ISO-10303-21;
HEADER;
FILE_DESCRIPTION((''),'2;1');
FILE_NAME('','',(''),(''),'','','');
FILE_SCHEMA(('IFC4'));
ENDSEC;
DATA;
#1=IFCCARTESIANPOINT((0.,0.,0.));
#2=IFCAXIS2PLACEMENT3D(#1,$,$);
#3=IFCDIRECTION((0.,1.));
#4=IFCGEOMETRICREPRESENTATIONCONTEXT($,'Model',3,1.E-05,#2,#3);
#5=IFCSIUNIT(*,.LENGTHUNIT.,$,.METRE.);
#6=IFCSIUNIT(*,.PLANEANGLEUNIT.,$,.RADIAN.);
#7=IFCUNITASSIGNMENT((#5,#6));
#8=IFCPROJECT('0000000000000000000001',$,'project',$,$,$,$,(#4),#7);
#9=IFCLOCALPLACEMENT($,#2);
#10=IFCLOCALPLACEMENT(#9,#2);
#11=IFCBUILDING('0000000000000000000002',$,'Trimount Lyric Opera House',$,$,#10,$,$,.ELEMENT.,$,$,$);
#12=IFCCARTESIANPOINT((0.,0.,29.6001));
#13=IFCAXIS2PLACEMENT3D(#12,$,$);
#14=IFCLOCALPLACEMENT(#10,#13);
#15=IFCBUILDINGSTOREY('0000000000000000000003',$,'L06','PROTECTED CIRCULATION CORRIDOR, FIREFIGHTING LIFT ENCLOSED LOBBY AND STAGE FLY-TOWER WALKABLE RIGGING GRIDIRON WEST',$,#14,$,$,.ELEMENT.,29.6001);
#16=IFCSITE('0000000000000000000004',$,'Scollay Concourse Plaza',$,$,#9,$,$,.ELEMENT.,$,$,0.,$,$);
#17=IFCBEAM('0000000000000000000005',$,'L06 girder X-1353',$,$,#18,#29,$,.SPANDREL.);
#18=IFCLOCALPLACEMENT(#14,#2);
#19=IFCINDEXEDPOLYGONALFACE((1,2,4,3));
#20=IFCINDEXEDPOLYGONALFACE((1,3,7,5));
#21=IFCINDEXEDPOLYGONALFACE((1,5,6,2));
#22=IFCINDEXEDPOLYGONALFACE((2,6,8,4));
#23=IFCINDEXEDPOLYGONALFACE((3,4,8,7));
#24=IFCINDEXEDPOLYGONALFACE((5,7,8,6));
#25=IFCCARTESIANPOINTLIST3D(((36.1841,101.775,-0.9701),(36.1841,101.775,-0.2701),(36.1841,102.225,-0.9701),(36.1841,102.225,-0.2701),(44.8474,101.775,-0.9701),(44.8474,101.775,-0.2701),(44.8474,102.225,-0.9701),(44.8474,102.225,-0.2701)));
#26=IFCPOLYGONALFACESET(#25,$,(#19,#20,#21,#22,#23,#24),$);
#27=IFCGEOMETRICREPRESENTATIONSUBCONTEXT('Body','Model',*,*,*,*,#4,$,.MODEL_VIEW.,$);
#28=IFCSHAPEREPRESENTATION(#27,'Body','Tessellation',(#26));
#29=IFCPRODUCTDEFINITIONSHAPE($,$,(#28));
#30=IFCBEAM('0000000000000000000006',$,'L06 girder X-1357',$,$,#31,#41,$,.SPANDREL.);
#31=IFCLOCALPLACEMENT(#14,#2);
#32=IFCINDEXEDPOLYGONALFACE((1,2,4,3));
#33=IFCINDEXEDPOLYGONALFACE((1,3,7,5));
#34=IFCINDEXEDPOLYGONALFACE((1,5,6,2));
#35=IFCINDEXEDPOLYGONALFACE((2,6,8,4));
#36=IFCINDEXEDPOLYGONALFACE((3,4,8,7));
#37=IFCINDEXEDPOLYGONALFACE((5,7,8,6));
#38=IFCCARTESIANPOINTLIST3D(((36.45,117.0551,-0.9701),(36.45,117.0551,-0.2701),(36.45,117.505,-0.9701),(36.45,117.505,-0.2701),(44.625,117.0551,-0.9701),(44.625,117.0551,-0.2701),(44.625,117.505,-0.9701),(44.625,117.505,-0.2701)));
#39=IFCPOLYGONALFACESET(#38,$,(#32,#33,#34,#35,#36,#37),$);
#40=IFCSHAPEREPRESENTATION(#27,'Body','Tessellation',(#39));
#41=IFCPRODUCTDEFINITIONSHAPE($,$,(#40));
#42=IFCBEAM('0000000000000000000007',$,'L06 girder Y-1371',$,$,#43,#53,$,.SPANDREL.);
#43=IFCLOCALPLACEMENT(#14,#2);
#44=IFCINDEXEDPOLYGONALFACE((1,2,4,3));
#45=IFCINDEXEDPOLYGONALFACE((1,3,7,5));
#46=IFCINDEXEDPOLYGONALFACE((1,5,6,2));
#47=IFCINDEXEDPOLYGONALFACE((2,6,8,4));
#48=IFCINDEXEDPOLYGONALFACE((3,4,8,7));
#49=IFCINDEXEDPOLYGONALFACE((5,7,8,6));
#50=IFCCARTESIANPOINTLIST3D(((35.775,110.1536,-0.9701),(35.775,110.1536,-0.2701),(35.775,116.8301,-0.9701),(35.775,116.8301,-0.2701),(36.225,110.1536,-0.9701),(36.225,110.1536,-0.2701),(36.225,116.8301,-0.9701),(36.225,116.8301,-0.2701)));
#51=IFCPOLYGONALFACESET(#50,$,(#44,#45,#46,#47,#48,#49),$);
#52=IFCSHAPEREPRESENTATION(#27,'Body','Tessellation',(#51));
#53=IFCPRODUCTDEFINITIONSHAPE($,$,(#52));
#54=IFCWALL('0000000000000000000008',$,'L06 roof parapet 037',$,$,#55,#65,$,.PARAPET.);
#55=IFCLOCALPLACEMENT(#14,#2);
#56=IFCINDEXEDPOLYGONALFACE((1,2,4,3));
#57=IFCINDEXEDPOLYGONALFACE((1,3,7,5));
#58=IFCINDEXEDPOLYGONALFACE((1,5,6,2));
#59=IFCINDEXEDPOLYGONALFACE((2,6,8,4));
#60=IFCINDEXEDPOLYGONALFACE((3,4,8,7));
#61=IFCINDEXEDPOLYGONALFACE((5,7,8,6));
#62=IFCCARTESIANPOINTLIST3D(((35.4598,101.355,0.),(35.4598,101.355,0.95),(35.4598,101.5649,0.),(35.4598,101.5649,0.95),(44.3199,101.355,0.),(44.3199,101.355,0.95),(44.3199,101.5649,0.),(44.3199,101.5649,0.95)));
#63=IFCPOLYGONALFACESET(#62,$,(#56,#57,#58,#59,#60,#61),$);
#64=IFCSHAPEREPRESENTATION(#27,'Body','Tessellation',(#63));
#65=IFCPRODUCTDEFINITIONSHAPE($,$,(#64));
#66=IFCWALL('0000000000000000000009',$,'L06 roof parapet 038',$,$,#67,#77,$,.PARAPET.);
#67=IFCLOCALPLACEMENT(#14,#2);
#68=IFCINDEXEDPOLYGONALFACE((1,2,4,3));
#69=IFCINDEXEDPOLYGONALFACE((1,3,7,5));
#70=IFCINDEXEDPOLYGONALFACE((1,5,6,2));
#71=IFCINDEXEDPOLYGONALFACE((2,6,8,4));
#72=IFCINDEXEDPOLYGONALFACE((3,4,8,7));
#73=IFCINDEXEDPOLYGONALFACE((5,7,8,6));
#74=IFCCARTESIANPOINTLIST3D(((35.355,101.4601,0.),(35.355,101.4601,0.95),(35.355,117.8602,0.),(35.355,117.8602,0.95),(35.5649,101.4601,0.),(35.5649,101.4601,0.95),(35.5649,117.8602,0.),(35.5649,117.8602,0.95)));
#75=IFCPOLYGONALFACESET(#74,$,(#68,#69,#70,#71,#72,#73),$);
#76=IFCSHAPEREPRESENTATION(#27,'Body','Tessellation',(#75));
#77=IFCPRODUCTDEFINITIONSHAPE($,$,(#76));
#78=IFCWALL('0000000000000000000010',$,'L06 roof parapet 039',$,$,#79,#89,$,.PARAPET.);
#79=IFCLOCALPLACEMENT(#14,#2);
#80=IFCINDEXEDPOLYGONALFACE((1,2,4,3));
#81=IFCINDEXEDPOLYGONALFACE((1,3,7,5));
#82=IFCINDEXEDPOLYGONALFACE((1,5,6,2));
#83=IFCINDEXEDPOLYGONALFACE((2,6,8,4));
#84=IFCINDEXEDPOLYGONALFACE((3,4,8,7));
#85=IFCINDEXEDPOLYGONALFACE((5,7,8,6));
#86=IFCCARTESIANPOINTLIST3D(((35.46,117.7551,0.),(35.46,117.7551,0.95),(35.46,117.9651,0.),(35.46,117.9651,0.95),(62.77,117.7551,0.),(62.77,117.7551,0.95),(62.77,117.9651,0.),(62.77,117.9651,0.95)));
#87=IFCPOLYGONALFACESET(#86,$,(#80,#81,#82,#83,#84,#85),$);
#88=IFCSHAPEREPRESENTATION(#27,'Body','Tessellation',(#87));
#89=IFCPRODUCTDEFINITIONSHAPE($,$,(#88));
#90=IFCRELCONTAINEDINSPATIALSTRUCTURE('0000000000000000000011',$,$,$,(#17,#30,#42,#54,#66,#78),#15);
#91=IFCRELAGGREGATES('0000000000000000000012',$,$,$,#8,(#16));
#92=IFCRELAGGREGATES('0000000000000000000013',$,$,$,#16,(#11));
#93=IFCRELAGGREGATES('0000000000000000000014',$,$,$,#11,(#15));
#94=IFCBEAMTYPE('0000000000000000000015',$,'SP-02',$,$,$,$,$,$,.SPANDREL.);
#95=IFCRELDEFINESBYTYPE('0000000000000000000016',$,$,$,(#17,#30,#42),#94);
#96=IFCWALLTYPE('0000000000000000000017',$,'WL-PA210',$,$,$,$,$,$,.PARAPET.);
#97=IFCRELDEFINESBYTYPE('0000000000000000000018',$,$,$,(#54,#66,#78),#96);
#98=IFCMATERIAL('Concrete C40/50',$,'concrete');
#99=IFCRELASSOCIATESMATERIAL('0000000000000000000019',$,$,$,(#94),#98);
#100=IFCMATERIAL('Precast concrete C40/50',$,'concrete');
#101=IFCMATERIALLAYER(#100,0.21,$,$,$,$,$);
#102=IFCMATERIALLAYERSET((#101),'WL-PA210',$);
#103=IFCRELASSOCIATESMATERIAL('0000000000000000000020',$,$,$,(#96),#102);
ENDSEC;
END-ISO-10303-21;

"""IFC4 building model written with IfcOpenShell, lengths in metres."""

from ifc_helpers import new_model, si_unit, direction, frame, frame_2d, origin, origin_2d, place, context, subcontext, project, spatial, rectangle, extrude, material, layer, layer_set, material_profile, profile_set, type_object, element, save


model = new_model("IFC4")

# Units and contexts
model_context = context("Model", 3, precision=1e-05, world=origin(), true_north=direction((0.0, 1.0)))
body_context = subcontext(model_context, "Body", "Model", "MODEL_VIEW")
ifc_project = project(units=[si_unit("LENGTHUNIT", "METRE"), si_unit("PLANEANGLEUNIT", "RADIAN")], contexts=[model_context])

# Site, building, storey
site_placement = place(None, origin())
site = spatial("IfcSite", under=ifc_project, at=site_placement, Name="Scollay Concourse Plaza", CompositionType="ELEMENT", RefElevation=0.0)
building_placement = place(site_placement, origin())
building = spatial("IfcBuilding", under=site, at=building_placement, Name="Trimount Lyric Opera House", CompositionType="ELEMENT")
storey_placement = place(building_placement, frame((0.0, 0.0, 29.6001)))
storey = spatial("IfcBuildingStorey", under=building, at=storey_placement, Name="L06", Description="PROTECTED CIRCULATION CORRIDOR, FIREFIGHTING LIFT ENCLOSED LOBBY AND STAGE FLY-TOWER WALKABLE RIGGING GRIDIRON WEST", CompositionType="ELEMENT", Elevation=29.6001)

# Beams
ifc_material_1 = material(Name="Concrete C40/50", Category="concrete")
ifc_material_profile_1 = material_profile(ifc_material_1, rectangle(XDim=0.45, YDim=0.7, at=origin_2d()), Name="RC450X700")
ifc_profile_set_1 = profile_set([ifc_material_profile_1], Name="Concrete C40/50")
beam_type_1 = type_object("IfcBeamType", Name="SP-02", PredefinedType="SPANDREL", material=ifc_profile_set_1)
beam_1_placement = place(storey_placement, frame((36.1841, 102.0, -0.6201), z_axis=(1.0, 0.0, 0.0), x_axis=(0.0, 1.0, 0.0)))
element("IfcBeam", 1, at=beam_1_placement, inside=storey, type_object=beam_type_1, Name="L06 girder X-1353", PredefinedType="SPANDREL", context=body_context, shape_type="SweptSolid", body=[
    extrude(rectangle(XDim=0.45, YDim=0.7, at=origin_2d()), origin(), (0.0, 0.0, 1.0), 8.6633),
])
beam_2_placement = place(storey_placement, frame((36.45, 117.28, -0.6201), z_axis=(1.0, 0.0, 0.0), x_axis=(0.0, 1.0, 0.0)))
element("IfcBeam", 2, at=beam_2_placement, inside=storey, type_object=beam_type_1, Name="L06 girder X-1357", PredefinedType="SPANDREL", context=body_context, shape_type="SweptSolid", body=[
    extrude(rectangle(XDim=0.45, YDim=0.7, at=origin_2d()), origin(), (0.0, 0.0, 1.0), 8.175),
])
beam_3_placement = place(storey_placement, frame((36.0, 110.1536, -0.6201), z_axis=(0.0, 1.0, 0.0), x_axis=(-1.0, 0.0, 0.0)))
element("IfcBeam", 3, at=beam_3_placement, inside=storey, type_object=beam_type_1, Name="L06 girder Y-1371", PredefinedType="SPANDREL", context=body_context, shape_type="SweptSolid", body=[
    extrude(rectangle(XDim=0.45, YDim=0.7, at=origin_2d()), origin(), (0.0, 0.0, 1.0), 6.6765),
])

# Walls
ifc_material_2 = material(Name="Precast concrete C40/50", Category="concrete")
ifc_layer = layer(ifc_material_2, 0.21)
ifc_layer_set = layer_set([ifc_layer], Name="WL-PA210")
wall_type = type_object("IfcWallType", Name="WL-PA210", PredefinedType="PARAPET", material=ifc_layer_set)
wall_1_placement = place(storey_placement, frame((44.3201, 101.46, 0.0), z_axis=(0.0, 0.0, 1.0), x_axis=(-1.0, 0.0, 0.0)))
element("IfcWall", 4, at=wall_1_placement, inside=storey, type_object=wall_type, Name="L06 roof parapet 037", PredefinedType="PARAPET", context=body_context, shape_type="SweptSolid", body=[
    extrude(rectangle(XDim=8.8601, YDim=0.21, at=frame_2d((4.4302, 0.0))), origin(), (0.0, 0.0, 1.0), 0.95),
])
wall_2_placement = place(storey_placement, frame((35.46, 101.46, 0.0), z_axis=(0.0, 0.0, 1.0), x_axis=(0.0, 1.0, 0.0)))
element("IfcWall", 5, at=wall_2_placement, inside=storey, type_object=wall_type, Name="L06 roof parapet 038", PredefinedType="PARAPET", context=body_context, shape_type="SweptSolid", body=[
    extrude(rectangle(XDim=16.4001, YDim=0.21, at=frame_2d((8.2002, 0.0))), origin(), (0.0, 0.0, 1.0), 0.95),
])
wall_3_placement = place(storey_placement, frame((35.46, 117.8601, 0.0), z_axis=(0.0, 0.0, 1.0), x_axis=(1.0, 0.0, 0.0)))
element("IfcWall", 6, at=wall_3_placement, inside=storey, type_object=wall_type, Name="L06 roof parapet 039", PredefinedType="PARAPET", context=body_context, shape_type="SweptSolid", body=[
    extrude(rectangle(XDim=27.3101, YDim=0.21, at=frame_2d((13.655, 0.0))), origin(), (0.0, 0.0, 1.0), 0.95),
])

save(model, "model.ifc")
